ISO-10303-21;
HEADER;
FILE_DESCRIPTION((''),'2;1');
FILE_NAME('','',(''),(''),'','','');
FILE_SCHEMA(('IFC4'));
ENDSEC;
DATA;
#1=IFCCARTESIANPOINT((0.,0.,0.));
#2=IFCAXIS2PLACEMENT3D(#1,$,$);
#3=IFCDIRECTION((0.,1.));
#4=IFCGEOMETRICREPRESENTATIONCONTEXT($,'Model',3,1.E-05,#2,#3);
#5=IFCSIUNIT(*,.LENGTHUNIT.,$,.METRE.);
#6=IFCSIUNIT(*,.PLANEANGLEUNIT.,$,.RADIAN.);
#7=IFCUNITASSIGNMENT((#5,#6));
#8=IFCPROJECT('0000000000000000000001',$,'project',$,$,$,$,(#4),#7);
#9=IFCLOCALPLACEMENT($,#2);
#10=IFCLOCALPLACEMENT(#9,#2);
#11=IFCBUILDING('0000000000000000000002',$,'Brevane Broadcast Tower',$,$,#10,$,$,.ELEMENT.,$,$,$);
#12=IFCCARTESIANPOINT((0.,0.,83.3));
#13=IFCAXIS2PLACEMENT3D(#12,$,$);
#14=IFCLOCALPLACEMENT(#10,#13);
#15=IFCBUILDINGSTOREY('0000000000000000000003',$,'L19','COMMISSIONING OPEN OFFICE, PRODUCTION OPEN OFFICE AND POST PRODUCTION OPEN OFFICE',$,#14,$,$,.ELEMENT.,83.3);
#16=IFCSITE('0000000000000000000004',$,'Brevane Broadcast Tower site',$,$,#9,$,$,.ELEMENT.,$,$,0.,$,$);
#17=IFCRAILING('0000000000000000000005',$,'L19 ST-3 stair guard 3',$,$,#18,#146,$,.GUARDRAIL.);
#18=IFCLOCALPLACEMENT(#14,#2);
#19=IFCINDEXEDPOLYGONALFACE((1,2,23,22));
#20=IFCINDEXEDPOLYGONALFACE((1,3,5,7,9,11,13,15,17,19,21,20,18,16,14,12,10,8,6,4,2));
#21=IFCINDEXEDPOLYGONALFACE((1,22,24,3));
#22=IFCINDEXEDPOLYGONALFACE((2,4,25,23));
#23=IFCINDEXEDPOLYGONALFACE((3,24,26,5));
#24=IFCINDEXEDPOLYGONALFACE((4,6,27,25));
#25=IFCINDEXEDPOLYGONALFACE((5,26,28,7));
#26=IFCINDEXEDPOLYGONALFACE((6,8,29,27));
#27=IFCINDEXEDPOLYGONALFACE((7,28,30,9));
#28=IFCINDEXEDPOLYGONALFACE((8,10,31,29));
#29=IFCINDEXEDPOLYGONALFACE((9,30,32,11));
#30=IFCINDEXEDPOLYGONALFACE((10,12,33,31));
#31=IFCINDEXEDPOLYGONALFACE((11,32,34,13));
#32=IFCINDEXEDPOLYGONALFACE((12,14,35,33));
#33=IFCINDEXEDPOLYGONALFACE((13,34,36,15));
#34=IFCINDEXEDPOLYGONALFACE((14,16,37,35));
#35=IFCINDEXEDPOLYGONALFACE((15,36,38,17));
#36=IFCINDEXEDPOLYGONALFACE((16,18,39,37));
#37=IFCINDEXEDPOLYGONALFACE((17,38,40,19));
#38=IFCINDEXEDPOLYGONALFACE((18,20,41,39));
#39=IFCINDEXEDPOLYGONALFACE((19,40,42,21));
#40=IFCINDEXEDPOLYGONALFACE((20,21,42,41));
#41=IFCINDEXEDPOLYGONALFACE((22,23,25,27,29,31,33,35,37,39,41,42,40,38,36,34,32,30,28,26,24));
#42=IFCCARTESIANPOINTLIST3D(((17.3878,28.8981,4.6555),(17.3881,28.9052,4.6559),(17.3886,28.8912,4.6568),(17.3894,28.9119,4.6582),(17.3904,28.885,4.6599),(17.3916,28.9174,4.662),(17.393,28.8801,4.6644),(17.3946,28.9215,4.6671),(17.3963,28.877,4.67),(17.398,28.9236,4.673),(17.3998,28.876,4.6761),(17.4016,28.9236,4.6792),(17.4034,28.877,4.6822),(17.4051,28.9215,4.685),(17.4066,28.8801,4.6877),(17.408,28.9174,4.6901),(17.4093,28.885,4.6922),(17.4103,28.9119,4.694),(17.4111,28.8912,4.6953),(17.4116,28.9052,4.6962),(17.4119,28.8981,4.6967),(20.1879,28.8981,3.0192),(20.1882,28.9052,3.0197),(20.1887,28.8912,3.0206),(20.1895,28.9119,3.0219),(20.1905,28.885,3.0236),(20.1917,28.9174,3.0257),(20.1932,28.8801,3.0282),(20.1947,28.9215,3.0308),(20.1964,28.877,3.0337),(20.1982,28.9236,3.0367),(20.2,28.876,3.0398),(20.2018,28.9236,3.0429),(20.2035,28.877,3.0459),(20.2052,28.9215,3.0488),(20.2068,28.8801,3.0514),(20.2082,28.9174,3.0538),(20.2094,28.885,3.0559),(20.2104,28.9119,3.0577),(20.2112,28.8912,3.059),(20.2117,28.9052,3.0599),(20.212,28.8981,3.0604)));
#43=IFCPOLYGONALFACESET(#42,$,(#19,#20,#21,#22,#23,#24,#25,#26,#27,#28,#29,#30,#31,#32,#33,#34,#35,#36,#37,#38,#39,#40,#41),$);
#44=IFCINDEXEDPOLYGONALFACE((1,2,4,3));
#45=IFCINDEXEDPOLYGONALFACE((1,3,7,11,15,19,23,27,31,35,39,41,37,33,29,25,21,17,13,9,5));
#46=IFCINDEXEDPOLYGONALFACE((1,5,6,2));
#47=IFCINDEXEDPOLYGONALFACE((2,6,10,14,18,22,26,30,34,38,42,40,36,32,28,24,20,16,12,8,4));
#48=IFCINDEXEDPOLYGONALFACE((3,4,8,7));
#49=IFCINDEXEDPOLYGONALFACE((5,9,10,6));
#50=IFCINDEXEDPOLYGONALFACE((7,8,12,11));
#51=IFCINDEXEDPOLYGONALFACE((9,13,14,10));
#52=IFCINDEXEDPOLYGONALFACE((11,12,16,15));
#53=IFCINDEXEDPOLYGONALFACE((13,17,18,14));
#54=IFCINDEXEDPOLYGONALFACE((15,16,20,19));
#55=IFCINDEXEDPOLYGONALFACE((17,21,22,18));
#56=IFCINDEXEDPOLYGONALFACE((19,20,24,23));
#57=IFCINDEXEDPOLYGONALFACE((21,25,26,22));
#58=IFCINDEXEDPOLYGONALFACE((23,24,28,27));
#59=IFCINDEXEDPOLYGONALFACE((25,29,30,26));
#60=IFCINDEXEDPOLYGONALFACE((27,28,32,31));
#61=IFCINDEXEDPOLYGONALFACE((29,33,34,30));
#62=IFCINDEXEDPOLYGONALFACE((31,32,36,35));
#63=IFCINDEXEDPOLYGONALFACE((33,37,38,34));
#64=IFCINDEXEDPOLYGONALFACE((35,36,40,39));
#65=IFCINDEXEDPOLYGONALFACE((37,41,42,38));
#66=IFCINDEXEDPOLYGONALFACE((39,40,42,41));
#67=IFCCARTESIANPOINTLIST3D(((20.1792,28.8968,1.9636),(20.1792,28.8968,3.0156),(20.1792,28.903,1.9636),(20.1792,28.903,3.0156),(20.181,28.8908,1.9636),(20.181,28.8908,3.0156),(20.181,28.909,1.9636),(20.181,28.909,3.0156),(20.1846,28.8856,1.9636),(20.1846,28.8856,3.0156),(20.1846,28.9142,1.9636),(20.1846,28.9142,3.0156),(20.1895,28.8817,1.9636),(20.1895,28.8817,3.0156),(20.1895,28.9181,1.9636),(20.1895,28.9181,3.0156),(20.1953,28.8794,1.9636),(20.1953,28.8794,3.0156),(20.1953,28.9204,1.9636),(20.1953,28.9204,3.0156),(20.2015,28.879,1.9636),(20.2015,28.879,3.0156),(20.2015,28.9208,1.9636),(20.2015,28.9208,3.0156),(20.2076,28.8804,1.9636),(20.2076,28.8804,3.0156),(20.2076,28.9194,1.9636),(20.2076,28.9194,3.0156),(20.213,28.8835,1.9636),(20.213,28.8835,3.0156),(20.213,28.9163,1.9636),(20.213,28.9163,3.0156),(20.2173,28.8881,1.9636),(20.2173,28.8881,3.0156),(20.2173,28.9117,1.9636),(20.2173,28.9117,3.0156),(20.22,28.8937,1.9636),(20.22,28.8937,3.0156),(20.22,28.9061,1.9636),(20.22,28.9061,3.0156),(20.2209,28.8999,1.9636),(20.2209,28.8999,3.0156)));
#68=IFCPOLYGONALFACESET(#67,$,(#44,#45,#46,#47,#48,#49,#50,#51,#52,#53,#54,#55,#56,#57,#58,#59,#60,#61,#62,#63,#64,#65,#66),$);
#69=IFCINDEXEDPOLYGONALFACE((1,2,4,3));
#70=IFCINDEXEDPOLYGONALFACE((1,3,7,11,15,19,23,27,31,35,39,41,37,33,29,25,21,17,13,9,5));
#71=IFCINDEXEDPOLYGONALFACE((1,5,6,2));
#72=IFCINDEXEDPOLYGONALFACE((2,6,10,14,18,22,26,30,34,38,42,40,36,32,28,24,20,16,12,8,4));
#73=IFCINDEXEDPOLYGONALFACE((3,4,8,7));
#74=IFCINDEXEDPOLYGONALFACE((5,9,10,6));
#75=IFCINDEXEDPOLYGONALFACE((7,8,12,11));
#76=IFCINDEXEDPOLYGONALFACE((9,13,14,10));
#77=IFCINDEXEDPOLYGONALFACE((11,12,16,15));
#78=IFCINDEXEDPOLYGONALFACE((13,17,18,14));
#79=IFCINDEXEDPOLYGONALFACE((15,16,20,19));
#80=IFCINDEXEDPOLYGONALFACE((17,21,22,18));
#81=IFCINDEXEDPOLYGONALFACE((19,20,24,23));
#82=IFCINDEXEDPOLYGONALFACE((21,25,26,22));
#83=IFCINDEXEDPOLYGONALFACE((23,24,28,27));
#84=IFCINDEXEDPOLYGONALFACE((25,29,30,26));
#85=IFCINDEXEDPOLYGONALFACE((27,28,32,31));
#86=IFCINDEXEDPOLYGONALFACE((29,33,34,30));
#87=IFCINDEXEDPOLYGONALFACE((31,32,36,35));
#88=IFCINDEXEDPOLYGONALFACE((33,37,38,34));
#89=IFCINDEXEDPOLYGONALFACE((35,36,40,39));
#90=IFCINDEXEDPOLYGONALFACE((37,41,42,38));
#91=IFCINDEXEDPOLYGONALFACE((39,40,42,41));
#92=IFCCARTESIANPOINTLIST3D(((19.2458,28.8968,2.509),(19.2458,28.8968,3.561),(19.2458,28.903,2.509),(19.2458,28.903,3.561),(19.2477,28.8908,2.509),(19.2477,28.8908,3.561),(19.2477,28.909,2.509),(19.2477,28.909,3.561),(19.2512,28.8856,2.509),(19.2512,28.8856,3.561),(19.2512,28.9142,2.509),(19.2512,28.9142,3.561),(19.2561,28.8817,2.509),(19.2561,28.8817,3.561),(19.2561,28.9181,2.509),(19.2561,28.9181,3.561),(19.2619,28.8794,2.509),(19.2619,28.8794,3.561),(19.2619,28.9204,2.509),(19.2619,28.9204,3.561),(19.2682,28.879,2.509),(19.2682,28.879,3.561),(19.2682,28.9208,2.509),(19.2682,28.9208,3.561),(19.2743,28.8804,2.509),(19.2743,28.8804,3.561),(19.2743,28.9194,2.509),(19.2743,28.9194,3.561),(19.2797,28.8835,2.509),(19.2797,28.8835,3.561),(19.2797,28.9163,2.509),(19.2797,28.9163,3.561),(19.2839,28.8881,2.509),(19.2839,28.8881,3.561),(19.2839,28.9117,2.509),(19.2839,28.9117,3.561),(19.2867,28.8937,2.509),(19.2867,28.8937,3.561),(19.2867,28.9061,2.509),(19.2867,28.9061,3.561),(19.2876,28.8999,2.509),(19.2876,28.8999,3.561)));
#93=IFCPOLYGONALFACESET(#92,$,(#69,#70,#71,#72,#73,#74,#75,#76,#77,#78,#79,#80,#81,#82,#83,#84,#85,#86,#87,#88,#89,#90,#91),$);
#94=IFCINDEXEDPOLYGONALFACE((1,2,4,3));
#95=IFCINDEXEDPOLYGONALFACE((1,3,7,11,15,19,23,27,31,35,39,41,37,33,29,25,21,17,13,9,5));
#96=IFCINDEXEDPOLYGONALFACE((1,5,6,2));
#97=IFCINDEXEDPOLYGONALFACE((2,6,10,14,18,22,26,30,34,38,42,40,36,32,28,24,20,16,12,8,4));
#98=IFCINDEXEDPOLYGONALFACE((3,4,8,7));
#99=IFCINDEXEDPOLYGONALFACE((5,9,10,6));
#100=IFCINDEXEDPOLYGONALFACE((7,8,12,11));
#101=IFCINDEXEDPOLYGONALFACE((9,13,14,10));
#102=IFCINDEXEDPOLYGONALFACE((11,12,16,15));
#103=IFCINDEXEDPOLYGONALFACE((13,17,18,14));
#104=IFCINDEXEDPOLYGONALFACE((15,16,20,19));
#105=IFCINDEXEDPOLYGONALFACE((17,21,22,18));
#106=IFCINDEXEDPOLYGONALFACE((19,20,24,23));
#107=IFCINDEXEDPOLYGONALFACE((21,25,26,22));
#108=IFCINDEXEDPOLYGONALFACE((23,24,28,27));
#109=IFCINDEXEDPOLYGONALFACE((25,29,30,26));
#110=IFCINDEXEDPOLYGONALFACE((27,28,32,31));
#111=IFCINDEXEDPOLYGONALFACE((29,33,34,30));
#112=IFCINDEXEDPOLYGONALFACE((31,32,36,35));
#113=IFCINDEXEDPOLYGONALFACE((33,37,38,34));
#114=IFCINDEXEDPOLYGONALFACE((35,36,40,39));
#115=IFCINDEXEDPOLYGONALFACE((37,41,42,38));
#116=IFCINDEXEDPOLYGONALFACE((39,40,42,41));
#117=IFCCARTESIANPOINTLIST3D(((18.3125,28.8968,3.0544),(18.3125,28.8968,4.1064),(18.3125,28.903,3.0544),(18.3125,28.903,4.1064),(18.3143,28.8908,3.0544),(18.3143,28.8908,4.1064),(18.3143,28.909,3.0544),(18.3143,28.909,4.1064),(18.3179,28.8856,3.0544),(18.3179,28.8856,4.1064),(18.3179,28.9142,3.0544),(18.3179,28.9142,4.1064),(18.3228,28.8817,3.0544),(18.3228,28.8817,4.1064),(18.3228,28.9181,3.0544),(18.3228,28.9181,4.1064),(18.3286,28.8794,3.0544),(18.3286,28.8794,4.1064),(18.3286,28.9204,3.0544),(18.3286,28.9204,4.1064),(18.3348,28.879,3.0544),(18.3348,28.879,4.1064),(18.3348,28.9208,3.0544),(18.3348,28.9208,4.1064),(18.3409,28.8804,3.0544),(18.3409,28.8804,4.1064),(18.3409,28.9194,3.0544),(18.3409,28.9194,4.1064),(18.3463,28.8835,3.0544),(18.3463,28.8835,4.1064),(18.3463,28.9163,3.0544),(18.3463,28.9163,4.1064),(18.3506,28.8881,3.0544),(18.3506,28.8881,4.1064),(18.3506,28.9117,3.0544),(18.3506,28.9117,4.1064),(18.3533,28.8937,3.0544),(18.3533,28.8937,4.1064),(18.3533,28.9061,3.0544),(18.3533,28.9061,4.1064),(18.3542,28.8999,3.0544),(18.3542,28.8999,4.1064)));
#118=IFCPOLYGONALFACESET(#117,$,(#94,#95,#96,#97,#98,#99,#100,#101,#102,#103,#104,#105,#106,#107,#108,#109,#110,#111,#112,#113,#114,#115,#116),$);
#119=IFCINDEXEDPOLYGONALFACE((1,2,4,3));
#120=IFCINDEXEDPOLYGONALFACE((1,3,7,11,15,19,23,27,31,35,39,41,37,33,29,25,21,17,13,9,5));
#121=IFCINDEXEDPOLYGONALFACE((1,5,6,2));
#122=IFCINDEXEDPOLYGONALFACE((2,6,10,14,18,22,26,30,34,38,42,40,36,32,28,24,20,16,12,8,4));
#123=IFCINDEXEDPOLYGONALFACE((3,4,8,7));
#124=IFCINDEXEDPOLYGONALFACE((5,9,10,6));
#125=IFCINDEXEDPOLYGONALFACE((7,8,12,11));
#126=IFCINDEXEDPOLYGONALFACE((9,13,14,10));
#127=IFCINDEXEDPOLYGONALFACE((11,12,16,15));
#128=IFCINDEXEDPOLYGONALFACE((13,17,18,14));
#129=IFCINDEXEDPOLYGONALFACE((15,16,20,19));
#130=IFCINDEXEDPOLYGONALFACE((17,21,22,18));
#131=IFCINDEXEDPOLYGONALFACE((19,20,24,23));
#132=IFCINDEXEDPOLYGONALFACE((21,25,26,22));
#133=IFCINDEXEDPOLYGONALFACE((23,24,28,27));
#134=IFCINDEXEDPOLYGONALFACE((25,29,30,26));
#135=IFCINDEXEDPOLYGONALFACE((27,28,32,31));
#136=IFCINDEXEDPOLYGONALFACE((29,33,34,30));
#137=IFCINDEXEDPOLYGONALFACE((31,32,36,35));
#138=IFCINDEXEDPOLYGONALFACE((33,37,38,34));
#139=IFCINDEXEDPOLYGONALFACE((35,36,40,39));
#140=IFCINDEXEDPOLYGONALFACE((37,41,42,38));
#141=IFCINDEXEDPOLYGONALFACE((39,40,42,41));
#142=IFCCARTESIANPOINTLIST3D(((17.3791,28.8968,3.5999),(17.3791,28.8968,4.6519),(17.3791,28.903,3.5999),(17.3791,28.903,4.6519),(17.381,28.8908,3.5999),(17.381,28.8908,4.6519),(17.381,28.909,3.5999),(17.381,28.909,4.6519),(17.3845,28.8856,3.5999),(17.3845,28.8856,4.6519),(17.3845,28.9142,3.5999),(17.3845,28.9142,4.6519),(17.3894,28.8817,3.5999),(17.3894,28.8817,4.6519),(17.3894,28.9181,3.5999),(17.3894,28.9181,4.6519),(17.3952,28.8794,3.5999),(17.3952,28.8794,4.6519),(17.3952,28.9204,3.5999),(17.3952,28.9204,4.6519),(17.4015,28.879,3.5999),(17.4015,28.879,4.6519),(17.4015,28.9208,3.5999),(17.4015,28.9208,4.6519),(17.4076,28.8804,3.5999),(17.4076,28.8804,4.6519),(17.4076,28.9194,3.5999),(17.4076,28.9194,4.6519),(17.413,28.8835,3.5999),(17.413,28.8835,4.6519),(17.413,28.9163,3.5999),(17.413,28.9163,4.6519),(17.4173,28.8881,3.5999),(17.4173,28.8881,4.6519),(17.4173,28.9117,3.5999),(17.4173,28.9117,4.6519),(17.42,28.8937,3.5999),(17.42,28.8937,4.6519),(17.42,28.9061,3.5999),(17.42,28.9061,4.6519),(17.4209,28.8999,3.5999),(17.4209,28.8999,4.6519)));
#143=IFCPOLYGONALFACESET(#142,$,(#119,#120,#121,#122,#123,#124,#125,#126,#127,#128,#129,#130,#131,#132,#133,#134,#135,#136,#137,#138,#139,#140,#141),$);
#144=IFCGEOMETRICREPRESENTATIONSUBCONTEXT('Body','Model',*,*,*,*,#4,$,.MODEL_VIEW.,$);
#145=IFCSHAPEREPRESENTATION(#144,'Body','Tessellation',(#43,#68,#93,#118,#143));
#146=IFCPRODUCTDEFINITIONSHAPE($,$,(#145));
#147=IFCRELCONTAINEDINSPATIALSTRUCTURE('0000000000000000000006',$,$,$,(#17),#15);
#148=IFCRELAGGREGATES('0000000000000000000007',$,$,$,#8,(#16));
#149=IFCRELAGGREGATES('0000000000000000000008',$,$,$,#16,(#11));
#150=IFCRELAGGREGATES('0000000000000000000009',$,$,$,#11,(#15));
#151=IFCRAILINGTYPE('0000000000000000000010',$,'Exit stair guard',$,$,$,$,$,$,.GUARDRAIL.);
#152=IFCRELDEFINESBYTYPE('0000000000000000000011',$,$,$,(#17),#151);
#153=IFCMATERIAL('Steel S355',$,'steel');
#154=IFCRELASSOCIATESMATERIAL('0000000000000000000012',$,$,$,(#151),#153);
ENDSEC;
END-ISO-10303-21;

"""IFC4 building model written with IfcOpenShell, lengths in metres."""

from ifc_helpers import new_model, si_unit, direction, frame, origin, origin_2d, place, context, subcontext, project, spatial, circle, extrude, material, type_object, element, save


model = new_model("IFC4")

# Units and contexts
model_context = context("Model", 3, precision=1e-05, world=origin(), true_north=direction((0.0, 1.0)))
body_context = subcontext(model_context, "Body", "Model", "MODEL_VIEW")
ifc_project = project(units=[si_unit("LENGTHUNIT", "METRE"), si_unit("PLANEANGLEUNIT", "RADIAN")], contexts=[model_context])

# Site, building, storey
site_placement = place(None, origin())
site = spatial("IfcSite", under=ifc_project, at=site_placement, Name="Brevane Broadcast Tower site", CompositionType="ELEMENT", RefElevation=0.0)
building_placement = place(site_placement, origin())
building = spatial("IfcBuilding", under=site, at=building_placement, Name="Brevane Broadcast Tower", CompositionType="ELEMENT")
storey_placement = place(building_placement, frame((0.0, 0.0, 83.3)))
storey = spatial("IfcBuildingStorey", under=building, at=storey_placement, Name="L19", Description="COMMISSIONING OPEN OFFICE, PRODUCTION OPEN OFFICE AND POST PRODUCTION OPEN OFFICE", CompositionType="ELEMENT", Elevation=83.3)

# Railing
ifc_material_1 = material(Name="Steel S355", Category="steel")
railing_type_1 = type_object("IfcRailingType", Name="Exit stair guard", PredefinedType="GUARDRAIL", material=ifc_material_1)
railing_1_placement = place(storey_placement, frame((20.2, 28.8999, 1.9636)))
element("IfcRailing", 1, at=railing_1_placement, inside=storey, type_object=railing_type_1, Name="L19 ST-3 stair guard 3", PredefinedType="GUARDRAIL", context=body_context, shape_type="SweptSolid", body=[
    extrude(circle(Radius=0.0239, at=origin_2d()), frame((0.0, 0.0, 1.0762), z_axis=(-0.863394, 0.0, 0.504531), x_axis=(0.0, -1.0, 0.0)), (0.0, 0.0, 1.0), 3.2432),
    extrude(circle(Radius=0.021, at=origin_2d()), origin(), (0.0, 0.0, 1.0), 1.052),
    extrude(circle(Radius=0.021, at=origin_2d()), frame((-0.9333, 0.0, 0.5454)), (0.0, 0.0, 1.0), 1.052),
    extrude(circle(Radius=0.021, at=origin_2d()), frame((-1.8667, 0.0, 1.0908)), (0.0, 0.0, 1.0), 1.052),
    extrude(circle(Radius=0.021, at=origin_2d()), frame((-2.8, 0.0, 1.6362)), (0.0, 0.0, 1.0), 1.052),
])

save(model, "model.ifc")
